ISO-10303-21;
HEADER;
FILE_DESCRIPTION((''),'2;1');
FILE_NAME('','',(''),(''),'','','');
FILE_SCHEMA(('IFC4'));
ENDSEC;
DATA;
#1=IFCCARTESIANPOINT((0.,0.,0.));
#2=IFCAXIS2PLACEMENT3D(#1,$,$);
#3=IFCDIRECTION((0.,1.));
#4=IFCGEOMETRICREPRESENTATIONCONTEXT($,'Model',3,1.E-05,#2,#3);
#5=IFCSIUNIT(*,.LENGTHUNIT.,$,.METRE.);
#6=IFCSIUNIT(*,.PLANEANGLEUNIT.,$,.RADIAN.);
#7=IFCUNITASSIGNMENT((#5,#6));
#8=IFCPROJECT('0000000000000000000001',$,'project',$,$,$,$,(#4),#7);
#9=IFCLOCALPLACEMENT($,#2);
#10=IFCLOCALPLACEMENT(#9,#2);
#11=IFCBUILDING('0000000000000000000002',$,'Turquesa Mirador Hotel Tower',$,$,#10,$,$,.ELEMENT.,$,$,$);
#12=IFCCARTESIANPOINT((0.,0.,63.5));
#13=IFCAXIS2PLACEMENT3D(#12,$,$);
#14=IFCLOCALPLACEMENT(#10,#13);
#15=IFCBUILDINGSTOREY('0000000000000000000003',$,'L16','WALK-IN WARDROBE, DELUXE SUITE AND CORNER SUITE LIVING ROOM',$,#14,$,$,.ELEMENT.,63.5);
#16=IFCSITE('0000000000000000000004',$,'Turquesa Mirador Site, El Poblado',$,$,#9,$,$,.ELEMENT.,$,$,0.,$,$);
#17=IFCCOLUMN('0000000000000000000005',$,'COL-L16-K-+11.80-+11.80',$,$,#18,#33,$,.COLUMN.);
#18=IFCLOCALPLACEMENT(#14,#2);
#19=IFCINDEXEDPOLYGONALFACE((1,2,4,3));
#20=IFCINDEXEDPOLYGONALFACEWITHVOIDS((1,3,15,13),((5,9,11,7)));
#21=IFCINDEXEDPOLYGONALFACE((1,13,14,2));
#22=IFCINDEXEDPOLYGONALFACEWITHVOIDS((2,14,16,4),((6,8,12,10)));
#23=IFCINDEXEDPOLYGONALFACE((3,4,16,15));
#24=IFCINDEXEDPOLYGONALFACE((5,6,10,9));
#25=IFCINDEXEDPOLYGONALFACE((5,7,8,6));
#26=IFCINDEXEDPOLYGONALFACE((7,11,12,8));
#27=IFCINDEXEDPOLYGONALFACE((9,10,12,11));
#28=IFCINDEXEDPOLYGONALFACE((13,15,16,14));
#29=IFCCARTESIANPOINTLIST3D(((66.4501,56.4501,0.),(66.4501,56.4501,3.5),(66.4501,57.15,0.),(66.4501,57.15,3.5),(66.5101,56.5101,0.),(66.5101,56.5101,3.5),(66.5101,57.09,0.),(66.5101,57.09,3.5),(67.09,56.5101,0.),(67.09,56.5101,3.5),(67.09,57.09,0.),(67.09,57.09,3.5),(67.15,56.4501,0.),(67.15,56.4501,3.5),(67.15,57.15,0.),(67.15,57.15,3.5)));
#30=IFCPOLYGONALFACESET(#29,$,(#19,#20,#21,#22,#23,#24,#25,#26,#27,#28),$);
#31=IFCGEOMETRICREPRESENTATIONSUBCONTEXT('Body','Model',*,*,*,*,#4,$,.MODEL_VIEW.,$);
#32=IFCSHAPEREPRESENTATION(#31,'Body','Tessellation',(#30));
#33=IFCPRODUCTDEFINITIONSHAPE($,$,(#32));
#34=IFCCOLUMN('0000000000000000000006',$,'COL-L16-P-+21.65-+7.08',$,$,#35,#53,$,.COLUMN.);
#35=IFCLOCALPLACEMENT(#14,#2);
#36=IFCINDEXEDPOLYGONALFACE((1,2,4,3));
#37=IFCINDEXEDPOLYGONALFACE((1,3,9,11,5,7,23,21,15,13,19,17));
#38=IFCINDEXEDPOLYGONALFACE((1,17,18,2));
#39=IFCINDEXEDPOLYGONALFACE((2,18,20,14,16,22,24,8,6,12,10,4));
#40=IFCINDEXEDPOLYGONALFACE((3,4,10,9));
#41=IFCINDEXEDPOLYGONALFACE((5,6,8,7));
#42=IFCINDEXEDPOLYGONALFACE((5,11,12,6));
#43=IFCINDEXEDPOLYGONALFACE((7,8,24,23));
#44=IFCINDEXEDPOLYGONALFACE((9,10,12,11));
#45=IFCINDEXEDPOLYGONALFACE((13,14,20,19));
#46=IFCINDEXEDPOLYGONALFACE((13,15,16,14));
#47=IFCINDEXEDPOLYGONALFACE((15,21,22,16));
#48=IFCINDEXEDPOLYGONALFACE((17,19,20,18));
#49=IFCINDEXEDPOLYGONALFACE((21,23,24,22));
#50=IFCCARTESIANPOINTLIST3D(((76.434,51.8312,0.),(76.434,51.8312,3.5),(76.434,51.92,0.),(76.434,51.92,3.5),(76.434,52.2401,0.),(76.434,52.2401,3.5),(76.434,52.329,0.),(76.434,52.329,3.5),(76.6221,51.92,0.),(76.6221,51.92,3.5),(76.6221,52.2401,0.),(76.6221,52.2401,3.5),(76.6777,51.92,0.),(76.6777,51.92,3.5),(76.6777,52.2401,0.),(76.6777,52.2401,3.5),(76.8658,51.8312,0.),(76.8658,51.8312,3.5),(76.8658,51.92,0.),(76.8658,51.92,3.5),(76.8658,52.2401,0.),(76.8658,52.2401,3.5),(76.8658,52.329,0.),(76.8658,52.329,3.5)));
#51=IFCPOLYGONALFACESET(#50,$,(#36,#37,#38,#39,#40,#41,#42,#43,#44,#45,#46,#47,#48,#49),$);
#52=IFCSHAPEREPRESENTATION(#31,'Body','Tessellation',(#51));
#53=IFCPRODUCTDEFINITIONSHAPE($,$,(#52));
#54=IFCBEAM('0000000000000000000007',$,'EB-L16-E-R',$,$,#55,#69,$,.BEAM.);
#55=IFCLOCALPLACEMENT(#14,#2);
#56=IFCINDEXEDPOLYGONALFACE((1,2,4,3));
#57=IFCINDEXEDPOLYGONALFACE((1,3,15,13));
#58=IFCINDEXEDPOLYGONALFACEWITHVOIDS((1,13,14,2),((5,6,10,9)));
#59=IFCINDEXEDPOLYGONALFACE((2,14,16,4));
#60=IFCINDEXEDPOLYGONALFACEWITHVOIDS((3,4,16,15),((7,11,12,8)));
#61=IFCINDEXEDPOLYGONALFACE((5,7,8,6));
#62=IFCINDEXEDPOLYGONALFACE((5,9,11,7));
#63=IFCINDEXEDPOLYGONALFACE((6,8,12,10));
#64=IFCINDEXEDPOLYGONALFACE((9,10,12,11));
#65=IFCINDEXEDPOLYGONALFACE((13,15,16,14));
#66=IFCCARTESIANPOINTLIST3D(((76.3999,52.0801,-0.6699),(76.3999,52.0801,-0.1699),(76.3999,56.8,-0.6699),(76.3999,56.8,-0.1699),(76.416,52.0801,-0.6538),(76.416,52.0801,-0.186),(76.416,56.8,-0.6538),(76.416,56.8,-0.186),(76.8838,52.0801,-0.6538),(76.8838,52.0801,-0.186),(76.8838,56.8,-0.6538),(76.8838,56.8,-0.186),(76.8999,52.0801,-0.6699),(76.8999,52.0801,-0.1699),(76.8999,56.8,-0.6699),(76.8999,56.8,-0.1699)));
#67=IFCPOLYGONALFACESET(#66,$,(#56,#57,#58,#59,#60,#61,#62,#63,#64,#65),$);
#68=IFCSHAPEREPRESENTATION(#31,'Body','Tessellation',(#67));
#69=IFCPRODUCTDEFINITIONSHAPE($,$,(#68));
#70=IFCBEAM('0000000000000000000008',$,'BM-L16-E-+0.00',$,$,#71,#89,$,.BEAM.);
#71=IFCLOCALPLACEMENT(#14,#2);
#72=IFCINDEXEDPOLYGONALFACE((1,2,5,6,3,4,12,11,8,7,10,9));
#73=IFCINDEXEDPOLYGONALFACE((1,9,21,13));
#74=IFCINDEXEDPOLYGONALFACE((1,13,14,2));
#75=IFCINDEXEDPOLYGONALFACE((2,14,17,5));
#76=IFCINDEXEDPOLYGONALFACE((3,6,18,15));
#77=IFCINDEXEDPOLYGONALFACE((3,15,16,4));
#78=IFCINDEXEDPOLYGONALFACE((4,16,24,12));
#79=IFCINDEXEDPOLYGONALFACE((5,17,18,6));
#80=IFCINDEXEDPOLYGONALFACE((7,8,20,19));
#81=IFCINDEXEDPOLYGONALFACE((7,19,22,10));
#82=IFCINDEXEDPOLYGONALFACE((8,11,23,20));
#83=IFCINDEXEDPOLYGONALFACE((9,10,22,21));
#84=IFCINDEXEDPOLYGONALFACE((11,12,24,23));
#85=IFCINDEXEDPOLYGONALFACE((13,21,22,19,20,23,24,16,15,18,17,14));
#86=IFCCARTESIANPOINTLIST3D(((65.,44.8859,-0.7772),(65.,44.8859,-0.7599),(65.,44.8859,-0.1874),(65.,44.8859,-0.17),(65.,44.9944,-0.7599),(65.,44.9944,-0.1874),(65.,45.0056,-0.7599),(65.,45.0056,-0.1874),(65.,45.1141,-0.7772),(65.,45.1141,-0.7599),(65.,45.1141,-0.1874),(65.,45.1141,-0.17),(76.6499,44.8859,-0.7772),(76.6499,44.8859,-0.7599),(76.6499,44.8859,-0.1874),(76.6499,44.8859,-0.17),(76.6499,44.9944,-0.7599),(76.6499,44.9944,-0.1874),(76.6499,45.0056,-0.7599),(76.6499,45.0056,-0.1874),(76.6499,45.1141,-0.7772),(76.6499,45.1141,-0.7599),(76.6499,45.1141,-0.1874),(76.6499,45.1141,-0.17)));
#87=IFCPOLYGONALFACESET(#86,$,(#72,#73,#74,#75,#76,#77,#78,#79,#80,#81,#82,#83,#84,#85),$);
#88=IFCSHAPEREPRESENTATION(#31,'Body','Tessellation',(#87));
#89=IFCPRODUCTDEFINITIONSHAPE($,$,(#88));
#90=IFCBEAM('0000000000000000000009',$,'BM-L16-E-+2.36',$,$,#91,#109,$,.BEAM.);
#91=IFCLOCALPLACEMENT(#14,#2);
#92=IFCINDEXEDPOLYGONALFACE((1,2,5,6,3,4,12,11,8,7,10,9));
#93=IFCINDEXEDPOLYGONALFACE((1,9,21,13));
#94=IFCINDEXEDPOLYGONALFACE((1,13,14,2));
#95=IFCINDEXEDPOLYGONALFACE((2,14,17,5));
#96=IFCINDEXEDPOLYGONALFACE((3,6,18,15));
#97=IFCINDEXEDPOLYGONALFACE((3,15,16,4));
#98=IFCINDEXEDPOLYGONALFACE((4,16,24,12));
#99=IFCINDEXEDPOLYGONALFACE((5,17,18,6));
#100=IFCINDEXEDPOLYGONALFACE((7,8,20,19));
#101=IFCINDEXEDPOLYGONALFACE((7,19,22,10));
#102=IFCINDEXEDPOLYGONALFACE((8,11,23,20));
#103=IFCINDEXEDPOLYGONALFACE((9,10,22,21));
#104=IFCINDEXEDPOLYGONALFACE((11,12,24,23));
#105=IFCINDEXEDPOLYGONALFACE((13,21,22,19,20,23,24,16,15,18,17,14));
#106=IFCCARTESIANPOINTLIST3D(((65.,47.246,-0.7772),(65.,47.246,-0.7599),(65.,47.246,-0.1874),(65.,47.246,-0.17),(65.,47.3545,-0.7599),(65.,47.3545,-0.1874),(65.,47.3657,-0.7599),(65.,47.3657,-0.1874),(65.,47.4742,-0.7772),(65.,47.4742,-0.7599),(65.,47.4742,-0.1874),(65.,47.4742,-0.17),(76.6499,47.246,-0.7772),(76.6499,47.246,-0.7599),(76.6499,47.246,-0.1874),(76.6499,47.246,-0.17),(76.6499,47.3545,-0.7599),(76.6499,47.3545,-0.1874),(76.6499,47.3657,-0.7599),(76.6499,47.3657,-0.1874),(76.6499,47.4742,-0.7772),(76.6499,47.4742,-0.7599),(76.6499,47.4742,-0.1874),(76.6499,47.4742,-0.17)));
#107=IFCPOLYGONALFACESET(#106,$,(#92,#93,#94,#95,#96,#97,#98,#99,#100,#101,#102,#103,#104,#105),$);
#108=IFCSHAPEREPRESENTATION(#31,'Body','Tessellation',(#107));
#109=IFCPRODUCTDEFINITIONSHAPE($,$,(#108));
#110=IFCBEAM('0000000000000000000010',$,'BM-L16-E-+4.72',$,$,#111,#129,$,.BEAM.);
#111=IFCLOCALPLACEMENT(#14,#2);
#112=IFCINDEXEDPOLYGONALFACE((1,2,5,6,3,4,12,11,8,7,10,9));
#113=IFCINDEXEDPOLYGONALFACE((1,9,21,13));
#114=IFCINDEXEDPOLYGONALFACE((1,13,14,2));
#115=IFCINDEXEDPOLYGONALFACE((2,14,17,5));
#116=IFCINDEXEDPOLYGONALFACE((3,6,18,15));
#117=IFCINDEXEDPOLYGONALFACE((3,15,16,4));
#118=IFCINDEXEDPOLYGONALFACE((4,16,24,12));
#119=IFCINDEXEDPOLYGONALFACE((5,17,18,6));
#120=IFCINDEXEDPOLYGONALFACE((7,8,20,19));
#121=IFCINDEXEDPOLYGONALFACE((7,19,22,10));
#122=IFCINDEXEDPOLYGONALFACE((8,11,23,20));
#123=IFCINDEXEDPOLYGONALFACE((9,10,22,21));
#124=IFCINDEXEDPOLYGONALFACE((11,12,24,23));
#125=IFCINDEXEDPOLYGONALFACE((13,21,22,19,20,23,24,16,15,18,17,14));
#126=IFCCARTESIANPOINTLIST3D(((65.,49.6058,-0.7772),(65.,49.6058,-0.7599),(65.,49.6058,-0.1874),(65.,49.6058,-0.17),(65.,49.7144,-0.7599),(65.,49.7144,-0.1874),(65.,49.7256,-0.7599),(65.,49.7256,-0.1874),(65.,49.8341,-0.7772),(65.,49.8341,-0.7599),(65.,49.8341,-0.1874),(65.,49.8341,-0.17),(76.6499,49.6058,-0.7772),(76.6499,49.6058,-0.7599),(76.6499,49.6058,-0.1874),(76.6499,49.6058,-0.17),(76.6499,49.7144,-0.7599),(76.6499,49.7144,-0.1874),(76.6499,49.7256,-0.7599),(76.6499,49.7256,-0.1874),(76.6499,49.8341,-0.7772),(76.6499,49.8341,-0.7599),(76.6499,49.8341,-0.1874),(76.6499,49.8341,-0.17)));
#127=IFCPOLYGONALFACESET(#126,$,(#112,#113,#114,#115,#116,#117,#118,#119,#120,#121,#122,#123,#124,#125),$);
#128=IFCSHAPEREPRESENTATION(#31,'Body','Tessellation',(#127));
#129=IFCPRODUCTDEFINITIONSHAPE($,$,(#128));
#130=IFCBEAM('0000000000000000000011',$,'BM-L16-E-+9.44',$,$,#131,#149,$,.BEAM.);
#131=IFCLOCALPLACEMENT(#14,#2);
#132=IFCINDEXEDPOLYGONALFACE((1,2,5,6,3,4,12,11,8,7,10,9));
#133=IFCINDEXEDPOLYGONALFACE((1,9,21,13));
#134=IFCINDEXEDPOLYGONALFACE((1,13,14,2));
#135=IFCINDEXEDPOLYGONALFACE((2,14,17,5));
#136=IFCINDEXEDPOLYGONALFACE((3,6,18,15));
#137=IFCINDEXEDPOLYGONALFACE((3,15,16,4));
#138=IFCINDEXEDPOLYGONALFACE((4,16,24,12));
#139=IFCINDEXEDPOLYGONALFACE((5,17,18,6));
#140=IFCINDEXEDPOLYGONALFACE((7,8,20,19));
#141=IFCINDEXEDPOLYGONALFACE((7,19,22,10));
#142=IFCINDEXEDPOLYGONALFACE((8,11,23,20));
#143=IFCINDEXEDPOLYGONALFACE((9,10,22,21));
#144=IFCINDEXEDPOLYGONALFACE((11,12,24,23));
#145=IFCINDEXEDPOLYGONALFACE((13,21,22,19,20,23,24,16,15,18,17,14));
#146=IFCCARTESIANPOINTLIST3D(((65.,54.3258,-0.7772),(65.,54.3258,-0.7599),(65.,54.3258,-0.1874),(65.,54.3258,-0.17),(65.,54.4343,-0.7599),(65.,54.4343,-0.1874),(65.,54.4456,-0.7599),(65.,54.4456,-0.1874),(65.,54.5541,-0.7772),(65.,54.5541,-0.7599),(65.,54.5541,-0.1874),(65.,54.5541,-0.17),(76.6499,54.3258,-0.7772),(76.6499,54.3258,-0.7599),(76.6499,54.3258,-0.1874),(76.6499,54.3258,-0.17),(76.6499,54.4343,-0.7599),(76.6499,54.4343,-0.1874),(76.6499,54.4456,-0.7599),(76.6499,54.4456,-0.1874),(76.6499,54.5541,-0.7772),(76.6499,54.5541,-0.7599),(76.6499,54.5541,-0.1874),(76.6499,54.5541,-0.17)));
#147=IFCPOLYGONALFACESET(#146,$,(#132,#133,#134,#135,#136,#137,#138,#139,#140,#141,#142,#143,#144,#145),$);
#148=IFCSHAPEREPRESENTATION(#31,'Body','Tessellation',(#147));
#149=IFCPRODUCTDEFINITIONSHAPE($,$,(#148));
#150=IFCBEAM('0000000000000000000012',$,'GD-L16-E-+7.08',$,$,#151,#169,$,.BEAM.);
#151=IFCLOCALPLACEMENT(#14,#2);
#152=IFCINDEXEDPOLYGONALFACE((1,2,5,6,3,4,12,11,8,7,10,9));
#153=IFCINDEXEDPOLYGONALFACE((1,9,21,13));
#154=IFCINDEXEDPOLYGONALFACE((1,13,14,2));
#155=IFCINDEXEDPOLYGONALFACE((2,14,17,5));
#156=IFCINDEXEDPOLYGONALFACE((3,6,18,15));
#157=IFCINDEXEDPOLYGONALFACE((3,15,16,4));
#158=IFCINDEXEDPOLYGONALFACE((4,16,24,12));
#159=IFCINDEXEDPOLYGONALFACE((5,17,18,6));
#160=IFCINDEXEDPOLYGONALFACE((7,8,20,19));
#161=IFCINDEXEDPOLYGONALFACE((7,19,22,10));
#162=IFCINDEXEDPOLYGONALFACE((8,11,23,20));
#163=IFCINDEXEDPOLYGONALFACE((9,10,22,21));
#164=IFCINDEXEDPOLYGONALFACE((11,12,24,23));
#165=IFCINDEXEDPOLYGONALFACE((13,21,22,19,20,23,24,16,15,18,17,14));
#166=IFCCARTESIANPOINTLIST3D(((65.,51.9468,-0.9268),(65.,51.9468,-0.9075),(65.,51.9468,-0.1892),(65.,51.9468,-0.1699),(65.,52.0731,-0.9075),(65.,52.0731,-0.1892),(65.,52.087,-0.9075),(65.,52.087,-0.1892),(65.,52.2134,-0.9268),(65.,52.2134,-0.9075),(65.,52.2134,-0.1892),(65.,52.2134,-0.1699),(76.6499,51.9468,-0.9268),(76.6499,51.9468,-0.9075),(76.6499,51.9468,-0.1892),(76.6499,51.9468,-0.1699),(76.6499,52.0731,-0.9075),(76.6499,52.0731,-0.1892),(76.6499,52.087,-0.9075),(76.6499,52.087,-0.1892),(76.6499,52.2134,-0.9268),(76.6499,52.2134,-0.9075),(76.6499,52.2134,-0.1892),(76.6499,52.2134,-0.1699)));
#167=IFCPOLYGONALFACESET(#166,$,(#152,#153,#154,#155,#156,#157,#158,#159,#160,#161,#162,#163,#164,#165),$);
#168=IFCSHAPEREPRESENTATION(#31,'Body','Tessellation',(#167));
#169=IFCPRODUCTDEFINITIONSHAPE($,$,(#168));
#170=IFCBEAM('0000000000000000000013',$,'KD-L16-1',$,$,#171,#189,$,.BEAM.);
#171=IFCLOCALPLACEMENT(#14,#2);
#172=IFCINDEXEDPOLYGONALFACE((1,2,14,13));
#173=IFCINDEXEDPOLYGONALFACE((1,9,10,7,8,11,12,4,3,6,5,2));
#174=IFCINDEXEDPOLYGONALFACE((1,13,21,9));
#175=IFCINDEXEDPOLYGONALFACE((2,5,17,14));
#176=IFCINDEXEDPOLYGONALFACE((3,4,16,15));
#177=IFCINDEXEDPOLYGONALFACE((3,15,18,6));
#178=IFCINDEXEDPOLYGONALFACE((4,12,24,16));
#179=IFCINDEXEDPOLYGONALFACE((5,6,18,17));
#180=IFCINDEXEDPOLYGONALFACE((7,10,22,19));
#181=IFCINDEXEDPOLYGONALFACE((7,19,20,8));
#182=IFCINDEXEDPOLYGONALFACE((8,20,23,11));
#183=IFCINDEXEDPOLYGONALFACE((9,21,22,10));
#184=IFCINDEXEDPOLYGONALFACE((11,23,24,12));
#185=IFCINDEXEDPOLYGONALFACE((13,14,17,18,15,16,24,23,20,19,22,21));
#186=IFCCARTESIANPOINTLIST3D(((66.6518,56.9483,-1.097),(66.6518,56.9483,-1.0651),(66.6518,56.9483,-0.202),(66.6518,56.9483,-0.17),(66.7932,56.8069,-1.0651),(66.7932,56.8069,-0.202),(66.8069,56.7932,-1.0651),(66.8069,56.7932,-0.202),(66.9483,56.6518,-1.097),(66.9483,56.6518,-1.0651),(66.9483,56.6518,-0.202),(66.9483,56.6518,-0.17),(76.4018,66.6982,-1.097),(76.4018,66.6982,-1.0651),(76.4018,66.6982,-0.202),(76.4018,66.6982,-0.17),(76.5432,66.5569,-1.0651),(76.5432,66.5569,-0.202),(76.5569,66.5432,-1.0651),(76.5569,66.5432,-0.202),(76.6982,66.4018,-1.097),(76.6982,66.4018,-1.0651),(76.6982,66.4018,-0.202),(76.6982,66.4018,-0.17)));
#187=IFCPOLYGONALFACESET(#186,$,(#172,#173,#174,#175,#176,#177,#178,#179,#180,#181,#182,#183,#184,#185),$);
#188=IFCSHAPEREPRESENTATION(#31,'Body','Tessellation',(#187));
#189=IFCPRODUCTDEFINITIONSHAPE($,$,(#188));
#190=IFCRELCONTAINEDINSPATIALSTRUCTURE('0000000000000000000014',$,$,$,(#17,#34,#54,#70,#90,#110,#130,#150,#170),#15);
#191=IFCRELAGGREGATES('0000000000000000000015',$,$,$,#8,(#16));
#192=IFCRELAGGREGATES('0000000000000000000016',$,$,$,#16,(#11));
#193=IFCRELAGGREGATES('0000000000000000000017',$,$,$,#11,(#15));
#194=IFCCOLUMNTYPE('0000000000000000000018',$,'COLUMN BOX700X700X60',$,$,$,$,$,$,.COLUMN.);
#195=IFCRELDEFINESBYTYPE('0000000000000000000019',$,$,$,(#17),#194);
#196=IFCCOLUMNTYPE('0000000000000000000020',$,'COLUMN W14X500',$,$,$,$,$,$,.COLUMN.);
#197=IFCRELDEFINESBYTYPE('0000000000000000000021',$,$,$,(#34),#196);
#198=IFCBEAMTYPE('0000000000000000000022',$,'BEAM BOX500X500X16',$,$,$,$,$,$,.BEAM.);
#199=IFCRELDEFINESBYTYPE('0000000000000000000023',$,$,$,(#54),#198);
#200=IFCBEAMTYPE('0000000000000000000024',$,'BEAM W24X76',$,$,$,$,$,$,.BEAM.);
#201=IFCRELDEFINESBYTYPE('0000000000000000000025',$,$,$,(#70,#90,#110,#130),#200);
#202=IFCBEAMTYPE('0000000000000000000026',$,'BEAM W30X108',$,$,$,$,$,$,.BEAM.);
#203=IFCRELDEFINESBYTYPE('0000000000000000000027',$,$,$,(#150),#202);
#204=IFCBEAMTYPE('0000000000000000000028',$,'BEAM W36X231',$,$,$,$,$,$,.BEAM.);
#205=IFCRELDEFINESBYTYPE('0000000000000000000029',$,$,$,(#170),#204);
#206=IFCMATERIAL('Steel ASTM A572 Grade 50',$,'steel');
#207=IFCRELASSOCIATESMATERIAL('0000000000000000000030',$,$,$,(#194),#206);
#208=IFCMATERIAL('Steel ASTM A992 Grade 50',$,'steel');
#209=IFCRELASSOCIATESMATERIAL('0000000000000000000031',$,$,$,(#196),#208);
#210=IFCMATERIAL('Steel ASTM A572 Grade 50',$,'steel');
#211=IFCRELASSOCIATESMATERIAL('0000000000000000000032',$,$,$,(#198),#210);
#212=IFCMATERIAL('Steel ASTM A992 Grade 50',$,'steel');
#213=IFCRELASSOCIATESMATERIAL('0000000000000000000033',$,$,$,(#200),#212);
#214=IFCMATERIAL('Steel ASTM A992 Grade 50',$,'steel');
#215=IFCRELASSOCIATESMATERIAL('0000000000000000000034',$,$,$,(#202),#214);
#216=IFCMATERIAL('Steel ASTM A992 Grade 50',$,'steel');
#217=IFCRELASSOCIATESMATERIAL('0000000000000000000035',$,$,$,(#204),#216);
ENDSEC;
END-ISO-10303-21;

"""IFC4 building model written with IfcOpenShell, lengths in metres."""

from ifc_helpers import new_model, si_unit, direction, frame, origin, origin_2d, place, context, subcontext, project, spatial, hollow_rectangle, i_section, extrude, material, material_profile, profile_set, type_object, element, save


model = new_model("IFC4")

# Units and contexts
model_context = context("Model", 3, precision=1e-05, world=origin(), true_north=direction((0.0, 1.0)))
body_context = subcontext(model_context, "Body", "Model", "MODEL_VIEW")
ifc_project = project(units=[si_unit("LENGTHUNIT", "METRE"), si_unit("PLANEANGLEUNIT", "RADIAN")], contexts=[model_context])

# Site, building, storey
site_placement = place(None, origin())
site = spatial("IfcSite", under=ifc_project, at=site_placement, Name="Turquesa Mirador Site, El Poblado", CompositionType="ELEMENT", RefElevation=0.0)
building_placement = place(site_placement, origin())
building = spatial("IfcBuilding", under=site, at=building_placement, Name="Turquesa Mirador Hotel Tower", CompositionType="ELEMENT")
storey_placement = place(building_placement, frame((0.0, 0.0, 63.5)))
storey = spatial("IfcBuildingStorey", under=building, at=storey_placement, Name="L16", Description="WALK-IN WARDROBE, DELUXE SUITE AND CORNER SUITE LIVING ROOM", CompositionType="ELEMENT", Elevation=63.5)

# Columns
ifc_material_1 = material(Name="Steel ASTM A572 Grade 50", Category="steel")
ifc_material_profile_1 = material_profile(ifc_material_1, hollow_rectangle(XDim=0.7, YDim=0.7, WallThickness=0.0601, at=origin_2d()), Name="BOX700X700X60")
ifc_profile_set_1 = profile_set([ifc_material_profile_1], Name="Steel ASTM A572 Grade 50")
column_type_1 = type_object("IfcColumnType", Name="COLUMN BOX700X700X60", PredefinedType="COLUMN", material=ifc_profile_set_1)
column_1_placement = place(storey_placement, frame((66.8, 56.8, 0.0), z_axis=(0.0, 0.0, 1.0), x_axis=(1.0, 0.0, 0.0)))
element("IfcColumn", 1, at=column_1_placement, inside=storey, type_object=column_type_1, Name="COL-L16-K-+11.80-+11.80", PredefinedType="COLUMN", context=body_context, shape_type="SweptSolid", body=[
    extrude(hollow_rectangle(XDim=0.7, YDim=0.7, WallThickness=0.0601, at=origin_2d()), origin(), (0.0, 0.0, 1.0), 3.5),
])
ifc_material_2 = material(Name="Steel ASTM A992 Grade 50", Category="steel")
ifc_material_profile_2 = material_profile(ifc_material_2, i_section(OverallWidth=0.4319, OverallDepth=0.4978, WebThickness=0.0557, FlangeThickness=0.0889, at=origin_2d()), Name="W14X500")
ifc_profile_set_2 = profile_set([ifc_material_profile_2], Name="Steel ASTM A992 Grade 50")
column_type_2 = type_object("IfcColumnType", Name="COLUMN W14X500", PredefinedType="COLUMN", material=ifc_profile_set_2)
column_2_placement = place(storey_placement, frame((76.6499, 52.0801, 0.0), z_axis=(0.0, 0.0, 1.0), x_axis=(1.0, 0.0, 0.0)))
element("IfcColumn", 2, at=column_2_placement, inside=storey, type_object=column_type_2, Name="COL-L16-P-+21.65-+7.08", PredefinedType="COLUMN", context=body_context, shape_type="SweptSolid", body=[
    extrude(i_section(OverallWidth=0.4319, OverallDepth=0.4978, WebThickness=0.0557, FlangeThickness=0.0889, at=origin_2d()), origin(), (0.0, 0.0, 1.0), 3.5),
])

# Beams
ifc_material_3 = material(Name="Steel ASTM A572 Grade 50", Category="steel")
ifc_material_profile_3 = material_profile(ifc_material_3, hollow_rectangle(XDim=0.5, YDim=0.5, WallThickness=0.0161, at=origin_2d()), Name="BOX500X500X16")
ifc_profile_set_3 = profile_set([ifc_material_profile_3], Name="Steel ASTM A572 Grade 50")
beam_type_1 = type_object("IfcBeamType", Name="BEAM BOX500X500X16", PredefinedType="BEAM", material=ifc_profile_set_3)
beam_1_placement = place(storey_placement, frame((76.6499, 52.0801, -0.4199), z_axis=(0.0, 1.0, 0.0), x_axis=(-1.0, 0.0, 0.0)))
element("IfcBeam", 3, at=beam_1_placement, inside=storey, type_object=beam_type_1, Name="EB-L16-E-R", PredefinedType="BEAM", context=body_context, shape_type="SweptSolid", body=[
    extrude(hollow_rectangle(XDim=0.5, YDim=0.5, WallThickness=0.0161, at=origin_2d()), origin(), (0.0, 0.0, 1.0), 4.72),
])
ifc_material_4 = material(Name="Steel ASTM A992 Grade 50", Category="steel")
ifc_material_profile_4 = material_profile(ifc_material_4, i_section(OverallWidth=0.2283, OverallDepth=0.6072, WebThickness=0.0112, FlangeThickness=0.0173, at=origin_2d()), Name="W24X76")
ifc_profile_set_4 = profile_set([ifc_material_profile_4], Name="Steel ASTM A992 Grade 50")
beam_type_2 = type_object("IfcBeamType", Name="BEAM W24X76", PredefinedType="BEAM", material=ifc_profile_set_4)
for number, where, z_axis, x_axis, name in (
    (4, (76.6499, 45.0, -0.4736), (-1.0, 0.0, 0.0), (0.0, -1.0, 0.0), "BM-L16-E-+0.00"),
    (5, (76.6499, 47.3601, -0.4736), (-1.0, 0.0, 0.0), (0.0, -1.0, 0.0), "BM-L16-E-+2.36"),
    (6, (76.6499, 49.72, -0.4736), (-1.0, 0.0, 0.0), (0.0, -1.0, 0.0), "BM-L16-E-+4.72"),
    (7, (76.6499, 54.4399, -0.4736), (-1.0, 0.0, 0.0), (0.0, -1.0, 0.0), "BM-L16-E-+9.44"),
):
    element("IfcBeam", number, at=place(storey_placement, frame(where, z_axis=z_axis, x_axis=x_axis)), inside=storey, type_object=beam_type_2, Name=name, PredefinedType="BEAM", context=body_context, shape_type="SweptSolid", body=[
        extrude(i_section(OverallWidth=0.2283, OverallDepth=0.6072, WebThickness=0.0112, FlangeThickness=0.0173, at=origin_2d()), origin(), (0.0, 0.0, 1.0), 11.6499),
    ])
ifc_material_5 = material(Name="Steel ASTM A992 Grade 50", Category="steel")
ifc_material_profile_5 = material_profile(ifc_material_5, i_section(OverallWidth=0.2666, OverallDepth=0.7568, WebThickness=0.0139, FlangeThickness=0.0193, at=origin_2d()), Name="W30X108")
ifc_profile_set_5 = profile_set([ifc_material_profile_5], Name="Steel ASTM A992 Grade 50")
beam_type_3 = type_object("IfcBeamType", Name="BEAM W30X108", PredefinedType="BEAM", material=ifc_profile_set_5)
beam_2_placement = place(storey_placement, frame((76.6499, 52.0801, -0.5483), z_axis=(-1.0, 0.0, 0.0), x_axis=(0.0, -1.0, 0.0)))
element("IfcBeam", 8, at=beam_2_placement, inside=storey, type_object=beam_type_3, Name="GD-L16-E-+7.08", PredefinedType="BEAM", context=body_context, shape_type="SweptSolid", body=[
    extrude(i_section(OverallWidth=0.2666, OverallDepth=0.7568, WebThickness=0.0139, FlangeThickness=0.0193, at=origin_2d()), origin(), (0.0, 0.0, 1.0), 11.6499),
])
ifc_material_6 = material(Name="Steel ASTM A992 Grade 50", Category="steel")
ifc_material_profile_6 = material_profile(ifc_material_6, i_section(OverallWidth=0.4192, OverallDepth=0.927, WebThickness=0.0193, FlangeThickness=0.032, at=origin_2d()), Name="W36X231")
ifc_profile_set_6 = profile_set([ifc_material_profile_6], Name="Steel ASTM A992 Grade 50")
beam_type_4 = type_object("IfcBeamType", Name="BEAM W36X231", PredefinedType="BEAM", material=ifc_profile_set_6)
beam_3_placement = place(storey_placement, frame((66.8, 56.8, -0.6335), z_axis=(0.707107, 0.707107, 0.0), x_axis=(-0.707107, 0.707107, 0.0)))
element("IfcBeam", 9, at=beam_3_placement, inside=storey, type_object=beam_type_4, Name="KD-L16-1", PredefinedType="BEAM", context=body_context, shape_type="SweptSolid", body=[
    extrude(i_section(OverallWidth=0.4192, OverallDepth=0.927, WebThickness=0.0193, FlangeThickness=0.032, at=origin_2d()), origin(), (0.0, 0.0, 1.0), 13.7886),
])

save(model, "model.ifc")
